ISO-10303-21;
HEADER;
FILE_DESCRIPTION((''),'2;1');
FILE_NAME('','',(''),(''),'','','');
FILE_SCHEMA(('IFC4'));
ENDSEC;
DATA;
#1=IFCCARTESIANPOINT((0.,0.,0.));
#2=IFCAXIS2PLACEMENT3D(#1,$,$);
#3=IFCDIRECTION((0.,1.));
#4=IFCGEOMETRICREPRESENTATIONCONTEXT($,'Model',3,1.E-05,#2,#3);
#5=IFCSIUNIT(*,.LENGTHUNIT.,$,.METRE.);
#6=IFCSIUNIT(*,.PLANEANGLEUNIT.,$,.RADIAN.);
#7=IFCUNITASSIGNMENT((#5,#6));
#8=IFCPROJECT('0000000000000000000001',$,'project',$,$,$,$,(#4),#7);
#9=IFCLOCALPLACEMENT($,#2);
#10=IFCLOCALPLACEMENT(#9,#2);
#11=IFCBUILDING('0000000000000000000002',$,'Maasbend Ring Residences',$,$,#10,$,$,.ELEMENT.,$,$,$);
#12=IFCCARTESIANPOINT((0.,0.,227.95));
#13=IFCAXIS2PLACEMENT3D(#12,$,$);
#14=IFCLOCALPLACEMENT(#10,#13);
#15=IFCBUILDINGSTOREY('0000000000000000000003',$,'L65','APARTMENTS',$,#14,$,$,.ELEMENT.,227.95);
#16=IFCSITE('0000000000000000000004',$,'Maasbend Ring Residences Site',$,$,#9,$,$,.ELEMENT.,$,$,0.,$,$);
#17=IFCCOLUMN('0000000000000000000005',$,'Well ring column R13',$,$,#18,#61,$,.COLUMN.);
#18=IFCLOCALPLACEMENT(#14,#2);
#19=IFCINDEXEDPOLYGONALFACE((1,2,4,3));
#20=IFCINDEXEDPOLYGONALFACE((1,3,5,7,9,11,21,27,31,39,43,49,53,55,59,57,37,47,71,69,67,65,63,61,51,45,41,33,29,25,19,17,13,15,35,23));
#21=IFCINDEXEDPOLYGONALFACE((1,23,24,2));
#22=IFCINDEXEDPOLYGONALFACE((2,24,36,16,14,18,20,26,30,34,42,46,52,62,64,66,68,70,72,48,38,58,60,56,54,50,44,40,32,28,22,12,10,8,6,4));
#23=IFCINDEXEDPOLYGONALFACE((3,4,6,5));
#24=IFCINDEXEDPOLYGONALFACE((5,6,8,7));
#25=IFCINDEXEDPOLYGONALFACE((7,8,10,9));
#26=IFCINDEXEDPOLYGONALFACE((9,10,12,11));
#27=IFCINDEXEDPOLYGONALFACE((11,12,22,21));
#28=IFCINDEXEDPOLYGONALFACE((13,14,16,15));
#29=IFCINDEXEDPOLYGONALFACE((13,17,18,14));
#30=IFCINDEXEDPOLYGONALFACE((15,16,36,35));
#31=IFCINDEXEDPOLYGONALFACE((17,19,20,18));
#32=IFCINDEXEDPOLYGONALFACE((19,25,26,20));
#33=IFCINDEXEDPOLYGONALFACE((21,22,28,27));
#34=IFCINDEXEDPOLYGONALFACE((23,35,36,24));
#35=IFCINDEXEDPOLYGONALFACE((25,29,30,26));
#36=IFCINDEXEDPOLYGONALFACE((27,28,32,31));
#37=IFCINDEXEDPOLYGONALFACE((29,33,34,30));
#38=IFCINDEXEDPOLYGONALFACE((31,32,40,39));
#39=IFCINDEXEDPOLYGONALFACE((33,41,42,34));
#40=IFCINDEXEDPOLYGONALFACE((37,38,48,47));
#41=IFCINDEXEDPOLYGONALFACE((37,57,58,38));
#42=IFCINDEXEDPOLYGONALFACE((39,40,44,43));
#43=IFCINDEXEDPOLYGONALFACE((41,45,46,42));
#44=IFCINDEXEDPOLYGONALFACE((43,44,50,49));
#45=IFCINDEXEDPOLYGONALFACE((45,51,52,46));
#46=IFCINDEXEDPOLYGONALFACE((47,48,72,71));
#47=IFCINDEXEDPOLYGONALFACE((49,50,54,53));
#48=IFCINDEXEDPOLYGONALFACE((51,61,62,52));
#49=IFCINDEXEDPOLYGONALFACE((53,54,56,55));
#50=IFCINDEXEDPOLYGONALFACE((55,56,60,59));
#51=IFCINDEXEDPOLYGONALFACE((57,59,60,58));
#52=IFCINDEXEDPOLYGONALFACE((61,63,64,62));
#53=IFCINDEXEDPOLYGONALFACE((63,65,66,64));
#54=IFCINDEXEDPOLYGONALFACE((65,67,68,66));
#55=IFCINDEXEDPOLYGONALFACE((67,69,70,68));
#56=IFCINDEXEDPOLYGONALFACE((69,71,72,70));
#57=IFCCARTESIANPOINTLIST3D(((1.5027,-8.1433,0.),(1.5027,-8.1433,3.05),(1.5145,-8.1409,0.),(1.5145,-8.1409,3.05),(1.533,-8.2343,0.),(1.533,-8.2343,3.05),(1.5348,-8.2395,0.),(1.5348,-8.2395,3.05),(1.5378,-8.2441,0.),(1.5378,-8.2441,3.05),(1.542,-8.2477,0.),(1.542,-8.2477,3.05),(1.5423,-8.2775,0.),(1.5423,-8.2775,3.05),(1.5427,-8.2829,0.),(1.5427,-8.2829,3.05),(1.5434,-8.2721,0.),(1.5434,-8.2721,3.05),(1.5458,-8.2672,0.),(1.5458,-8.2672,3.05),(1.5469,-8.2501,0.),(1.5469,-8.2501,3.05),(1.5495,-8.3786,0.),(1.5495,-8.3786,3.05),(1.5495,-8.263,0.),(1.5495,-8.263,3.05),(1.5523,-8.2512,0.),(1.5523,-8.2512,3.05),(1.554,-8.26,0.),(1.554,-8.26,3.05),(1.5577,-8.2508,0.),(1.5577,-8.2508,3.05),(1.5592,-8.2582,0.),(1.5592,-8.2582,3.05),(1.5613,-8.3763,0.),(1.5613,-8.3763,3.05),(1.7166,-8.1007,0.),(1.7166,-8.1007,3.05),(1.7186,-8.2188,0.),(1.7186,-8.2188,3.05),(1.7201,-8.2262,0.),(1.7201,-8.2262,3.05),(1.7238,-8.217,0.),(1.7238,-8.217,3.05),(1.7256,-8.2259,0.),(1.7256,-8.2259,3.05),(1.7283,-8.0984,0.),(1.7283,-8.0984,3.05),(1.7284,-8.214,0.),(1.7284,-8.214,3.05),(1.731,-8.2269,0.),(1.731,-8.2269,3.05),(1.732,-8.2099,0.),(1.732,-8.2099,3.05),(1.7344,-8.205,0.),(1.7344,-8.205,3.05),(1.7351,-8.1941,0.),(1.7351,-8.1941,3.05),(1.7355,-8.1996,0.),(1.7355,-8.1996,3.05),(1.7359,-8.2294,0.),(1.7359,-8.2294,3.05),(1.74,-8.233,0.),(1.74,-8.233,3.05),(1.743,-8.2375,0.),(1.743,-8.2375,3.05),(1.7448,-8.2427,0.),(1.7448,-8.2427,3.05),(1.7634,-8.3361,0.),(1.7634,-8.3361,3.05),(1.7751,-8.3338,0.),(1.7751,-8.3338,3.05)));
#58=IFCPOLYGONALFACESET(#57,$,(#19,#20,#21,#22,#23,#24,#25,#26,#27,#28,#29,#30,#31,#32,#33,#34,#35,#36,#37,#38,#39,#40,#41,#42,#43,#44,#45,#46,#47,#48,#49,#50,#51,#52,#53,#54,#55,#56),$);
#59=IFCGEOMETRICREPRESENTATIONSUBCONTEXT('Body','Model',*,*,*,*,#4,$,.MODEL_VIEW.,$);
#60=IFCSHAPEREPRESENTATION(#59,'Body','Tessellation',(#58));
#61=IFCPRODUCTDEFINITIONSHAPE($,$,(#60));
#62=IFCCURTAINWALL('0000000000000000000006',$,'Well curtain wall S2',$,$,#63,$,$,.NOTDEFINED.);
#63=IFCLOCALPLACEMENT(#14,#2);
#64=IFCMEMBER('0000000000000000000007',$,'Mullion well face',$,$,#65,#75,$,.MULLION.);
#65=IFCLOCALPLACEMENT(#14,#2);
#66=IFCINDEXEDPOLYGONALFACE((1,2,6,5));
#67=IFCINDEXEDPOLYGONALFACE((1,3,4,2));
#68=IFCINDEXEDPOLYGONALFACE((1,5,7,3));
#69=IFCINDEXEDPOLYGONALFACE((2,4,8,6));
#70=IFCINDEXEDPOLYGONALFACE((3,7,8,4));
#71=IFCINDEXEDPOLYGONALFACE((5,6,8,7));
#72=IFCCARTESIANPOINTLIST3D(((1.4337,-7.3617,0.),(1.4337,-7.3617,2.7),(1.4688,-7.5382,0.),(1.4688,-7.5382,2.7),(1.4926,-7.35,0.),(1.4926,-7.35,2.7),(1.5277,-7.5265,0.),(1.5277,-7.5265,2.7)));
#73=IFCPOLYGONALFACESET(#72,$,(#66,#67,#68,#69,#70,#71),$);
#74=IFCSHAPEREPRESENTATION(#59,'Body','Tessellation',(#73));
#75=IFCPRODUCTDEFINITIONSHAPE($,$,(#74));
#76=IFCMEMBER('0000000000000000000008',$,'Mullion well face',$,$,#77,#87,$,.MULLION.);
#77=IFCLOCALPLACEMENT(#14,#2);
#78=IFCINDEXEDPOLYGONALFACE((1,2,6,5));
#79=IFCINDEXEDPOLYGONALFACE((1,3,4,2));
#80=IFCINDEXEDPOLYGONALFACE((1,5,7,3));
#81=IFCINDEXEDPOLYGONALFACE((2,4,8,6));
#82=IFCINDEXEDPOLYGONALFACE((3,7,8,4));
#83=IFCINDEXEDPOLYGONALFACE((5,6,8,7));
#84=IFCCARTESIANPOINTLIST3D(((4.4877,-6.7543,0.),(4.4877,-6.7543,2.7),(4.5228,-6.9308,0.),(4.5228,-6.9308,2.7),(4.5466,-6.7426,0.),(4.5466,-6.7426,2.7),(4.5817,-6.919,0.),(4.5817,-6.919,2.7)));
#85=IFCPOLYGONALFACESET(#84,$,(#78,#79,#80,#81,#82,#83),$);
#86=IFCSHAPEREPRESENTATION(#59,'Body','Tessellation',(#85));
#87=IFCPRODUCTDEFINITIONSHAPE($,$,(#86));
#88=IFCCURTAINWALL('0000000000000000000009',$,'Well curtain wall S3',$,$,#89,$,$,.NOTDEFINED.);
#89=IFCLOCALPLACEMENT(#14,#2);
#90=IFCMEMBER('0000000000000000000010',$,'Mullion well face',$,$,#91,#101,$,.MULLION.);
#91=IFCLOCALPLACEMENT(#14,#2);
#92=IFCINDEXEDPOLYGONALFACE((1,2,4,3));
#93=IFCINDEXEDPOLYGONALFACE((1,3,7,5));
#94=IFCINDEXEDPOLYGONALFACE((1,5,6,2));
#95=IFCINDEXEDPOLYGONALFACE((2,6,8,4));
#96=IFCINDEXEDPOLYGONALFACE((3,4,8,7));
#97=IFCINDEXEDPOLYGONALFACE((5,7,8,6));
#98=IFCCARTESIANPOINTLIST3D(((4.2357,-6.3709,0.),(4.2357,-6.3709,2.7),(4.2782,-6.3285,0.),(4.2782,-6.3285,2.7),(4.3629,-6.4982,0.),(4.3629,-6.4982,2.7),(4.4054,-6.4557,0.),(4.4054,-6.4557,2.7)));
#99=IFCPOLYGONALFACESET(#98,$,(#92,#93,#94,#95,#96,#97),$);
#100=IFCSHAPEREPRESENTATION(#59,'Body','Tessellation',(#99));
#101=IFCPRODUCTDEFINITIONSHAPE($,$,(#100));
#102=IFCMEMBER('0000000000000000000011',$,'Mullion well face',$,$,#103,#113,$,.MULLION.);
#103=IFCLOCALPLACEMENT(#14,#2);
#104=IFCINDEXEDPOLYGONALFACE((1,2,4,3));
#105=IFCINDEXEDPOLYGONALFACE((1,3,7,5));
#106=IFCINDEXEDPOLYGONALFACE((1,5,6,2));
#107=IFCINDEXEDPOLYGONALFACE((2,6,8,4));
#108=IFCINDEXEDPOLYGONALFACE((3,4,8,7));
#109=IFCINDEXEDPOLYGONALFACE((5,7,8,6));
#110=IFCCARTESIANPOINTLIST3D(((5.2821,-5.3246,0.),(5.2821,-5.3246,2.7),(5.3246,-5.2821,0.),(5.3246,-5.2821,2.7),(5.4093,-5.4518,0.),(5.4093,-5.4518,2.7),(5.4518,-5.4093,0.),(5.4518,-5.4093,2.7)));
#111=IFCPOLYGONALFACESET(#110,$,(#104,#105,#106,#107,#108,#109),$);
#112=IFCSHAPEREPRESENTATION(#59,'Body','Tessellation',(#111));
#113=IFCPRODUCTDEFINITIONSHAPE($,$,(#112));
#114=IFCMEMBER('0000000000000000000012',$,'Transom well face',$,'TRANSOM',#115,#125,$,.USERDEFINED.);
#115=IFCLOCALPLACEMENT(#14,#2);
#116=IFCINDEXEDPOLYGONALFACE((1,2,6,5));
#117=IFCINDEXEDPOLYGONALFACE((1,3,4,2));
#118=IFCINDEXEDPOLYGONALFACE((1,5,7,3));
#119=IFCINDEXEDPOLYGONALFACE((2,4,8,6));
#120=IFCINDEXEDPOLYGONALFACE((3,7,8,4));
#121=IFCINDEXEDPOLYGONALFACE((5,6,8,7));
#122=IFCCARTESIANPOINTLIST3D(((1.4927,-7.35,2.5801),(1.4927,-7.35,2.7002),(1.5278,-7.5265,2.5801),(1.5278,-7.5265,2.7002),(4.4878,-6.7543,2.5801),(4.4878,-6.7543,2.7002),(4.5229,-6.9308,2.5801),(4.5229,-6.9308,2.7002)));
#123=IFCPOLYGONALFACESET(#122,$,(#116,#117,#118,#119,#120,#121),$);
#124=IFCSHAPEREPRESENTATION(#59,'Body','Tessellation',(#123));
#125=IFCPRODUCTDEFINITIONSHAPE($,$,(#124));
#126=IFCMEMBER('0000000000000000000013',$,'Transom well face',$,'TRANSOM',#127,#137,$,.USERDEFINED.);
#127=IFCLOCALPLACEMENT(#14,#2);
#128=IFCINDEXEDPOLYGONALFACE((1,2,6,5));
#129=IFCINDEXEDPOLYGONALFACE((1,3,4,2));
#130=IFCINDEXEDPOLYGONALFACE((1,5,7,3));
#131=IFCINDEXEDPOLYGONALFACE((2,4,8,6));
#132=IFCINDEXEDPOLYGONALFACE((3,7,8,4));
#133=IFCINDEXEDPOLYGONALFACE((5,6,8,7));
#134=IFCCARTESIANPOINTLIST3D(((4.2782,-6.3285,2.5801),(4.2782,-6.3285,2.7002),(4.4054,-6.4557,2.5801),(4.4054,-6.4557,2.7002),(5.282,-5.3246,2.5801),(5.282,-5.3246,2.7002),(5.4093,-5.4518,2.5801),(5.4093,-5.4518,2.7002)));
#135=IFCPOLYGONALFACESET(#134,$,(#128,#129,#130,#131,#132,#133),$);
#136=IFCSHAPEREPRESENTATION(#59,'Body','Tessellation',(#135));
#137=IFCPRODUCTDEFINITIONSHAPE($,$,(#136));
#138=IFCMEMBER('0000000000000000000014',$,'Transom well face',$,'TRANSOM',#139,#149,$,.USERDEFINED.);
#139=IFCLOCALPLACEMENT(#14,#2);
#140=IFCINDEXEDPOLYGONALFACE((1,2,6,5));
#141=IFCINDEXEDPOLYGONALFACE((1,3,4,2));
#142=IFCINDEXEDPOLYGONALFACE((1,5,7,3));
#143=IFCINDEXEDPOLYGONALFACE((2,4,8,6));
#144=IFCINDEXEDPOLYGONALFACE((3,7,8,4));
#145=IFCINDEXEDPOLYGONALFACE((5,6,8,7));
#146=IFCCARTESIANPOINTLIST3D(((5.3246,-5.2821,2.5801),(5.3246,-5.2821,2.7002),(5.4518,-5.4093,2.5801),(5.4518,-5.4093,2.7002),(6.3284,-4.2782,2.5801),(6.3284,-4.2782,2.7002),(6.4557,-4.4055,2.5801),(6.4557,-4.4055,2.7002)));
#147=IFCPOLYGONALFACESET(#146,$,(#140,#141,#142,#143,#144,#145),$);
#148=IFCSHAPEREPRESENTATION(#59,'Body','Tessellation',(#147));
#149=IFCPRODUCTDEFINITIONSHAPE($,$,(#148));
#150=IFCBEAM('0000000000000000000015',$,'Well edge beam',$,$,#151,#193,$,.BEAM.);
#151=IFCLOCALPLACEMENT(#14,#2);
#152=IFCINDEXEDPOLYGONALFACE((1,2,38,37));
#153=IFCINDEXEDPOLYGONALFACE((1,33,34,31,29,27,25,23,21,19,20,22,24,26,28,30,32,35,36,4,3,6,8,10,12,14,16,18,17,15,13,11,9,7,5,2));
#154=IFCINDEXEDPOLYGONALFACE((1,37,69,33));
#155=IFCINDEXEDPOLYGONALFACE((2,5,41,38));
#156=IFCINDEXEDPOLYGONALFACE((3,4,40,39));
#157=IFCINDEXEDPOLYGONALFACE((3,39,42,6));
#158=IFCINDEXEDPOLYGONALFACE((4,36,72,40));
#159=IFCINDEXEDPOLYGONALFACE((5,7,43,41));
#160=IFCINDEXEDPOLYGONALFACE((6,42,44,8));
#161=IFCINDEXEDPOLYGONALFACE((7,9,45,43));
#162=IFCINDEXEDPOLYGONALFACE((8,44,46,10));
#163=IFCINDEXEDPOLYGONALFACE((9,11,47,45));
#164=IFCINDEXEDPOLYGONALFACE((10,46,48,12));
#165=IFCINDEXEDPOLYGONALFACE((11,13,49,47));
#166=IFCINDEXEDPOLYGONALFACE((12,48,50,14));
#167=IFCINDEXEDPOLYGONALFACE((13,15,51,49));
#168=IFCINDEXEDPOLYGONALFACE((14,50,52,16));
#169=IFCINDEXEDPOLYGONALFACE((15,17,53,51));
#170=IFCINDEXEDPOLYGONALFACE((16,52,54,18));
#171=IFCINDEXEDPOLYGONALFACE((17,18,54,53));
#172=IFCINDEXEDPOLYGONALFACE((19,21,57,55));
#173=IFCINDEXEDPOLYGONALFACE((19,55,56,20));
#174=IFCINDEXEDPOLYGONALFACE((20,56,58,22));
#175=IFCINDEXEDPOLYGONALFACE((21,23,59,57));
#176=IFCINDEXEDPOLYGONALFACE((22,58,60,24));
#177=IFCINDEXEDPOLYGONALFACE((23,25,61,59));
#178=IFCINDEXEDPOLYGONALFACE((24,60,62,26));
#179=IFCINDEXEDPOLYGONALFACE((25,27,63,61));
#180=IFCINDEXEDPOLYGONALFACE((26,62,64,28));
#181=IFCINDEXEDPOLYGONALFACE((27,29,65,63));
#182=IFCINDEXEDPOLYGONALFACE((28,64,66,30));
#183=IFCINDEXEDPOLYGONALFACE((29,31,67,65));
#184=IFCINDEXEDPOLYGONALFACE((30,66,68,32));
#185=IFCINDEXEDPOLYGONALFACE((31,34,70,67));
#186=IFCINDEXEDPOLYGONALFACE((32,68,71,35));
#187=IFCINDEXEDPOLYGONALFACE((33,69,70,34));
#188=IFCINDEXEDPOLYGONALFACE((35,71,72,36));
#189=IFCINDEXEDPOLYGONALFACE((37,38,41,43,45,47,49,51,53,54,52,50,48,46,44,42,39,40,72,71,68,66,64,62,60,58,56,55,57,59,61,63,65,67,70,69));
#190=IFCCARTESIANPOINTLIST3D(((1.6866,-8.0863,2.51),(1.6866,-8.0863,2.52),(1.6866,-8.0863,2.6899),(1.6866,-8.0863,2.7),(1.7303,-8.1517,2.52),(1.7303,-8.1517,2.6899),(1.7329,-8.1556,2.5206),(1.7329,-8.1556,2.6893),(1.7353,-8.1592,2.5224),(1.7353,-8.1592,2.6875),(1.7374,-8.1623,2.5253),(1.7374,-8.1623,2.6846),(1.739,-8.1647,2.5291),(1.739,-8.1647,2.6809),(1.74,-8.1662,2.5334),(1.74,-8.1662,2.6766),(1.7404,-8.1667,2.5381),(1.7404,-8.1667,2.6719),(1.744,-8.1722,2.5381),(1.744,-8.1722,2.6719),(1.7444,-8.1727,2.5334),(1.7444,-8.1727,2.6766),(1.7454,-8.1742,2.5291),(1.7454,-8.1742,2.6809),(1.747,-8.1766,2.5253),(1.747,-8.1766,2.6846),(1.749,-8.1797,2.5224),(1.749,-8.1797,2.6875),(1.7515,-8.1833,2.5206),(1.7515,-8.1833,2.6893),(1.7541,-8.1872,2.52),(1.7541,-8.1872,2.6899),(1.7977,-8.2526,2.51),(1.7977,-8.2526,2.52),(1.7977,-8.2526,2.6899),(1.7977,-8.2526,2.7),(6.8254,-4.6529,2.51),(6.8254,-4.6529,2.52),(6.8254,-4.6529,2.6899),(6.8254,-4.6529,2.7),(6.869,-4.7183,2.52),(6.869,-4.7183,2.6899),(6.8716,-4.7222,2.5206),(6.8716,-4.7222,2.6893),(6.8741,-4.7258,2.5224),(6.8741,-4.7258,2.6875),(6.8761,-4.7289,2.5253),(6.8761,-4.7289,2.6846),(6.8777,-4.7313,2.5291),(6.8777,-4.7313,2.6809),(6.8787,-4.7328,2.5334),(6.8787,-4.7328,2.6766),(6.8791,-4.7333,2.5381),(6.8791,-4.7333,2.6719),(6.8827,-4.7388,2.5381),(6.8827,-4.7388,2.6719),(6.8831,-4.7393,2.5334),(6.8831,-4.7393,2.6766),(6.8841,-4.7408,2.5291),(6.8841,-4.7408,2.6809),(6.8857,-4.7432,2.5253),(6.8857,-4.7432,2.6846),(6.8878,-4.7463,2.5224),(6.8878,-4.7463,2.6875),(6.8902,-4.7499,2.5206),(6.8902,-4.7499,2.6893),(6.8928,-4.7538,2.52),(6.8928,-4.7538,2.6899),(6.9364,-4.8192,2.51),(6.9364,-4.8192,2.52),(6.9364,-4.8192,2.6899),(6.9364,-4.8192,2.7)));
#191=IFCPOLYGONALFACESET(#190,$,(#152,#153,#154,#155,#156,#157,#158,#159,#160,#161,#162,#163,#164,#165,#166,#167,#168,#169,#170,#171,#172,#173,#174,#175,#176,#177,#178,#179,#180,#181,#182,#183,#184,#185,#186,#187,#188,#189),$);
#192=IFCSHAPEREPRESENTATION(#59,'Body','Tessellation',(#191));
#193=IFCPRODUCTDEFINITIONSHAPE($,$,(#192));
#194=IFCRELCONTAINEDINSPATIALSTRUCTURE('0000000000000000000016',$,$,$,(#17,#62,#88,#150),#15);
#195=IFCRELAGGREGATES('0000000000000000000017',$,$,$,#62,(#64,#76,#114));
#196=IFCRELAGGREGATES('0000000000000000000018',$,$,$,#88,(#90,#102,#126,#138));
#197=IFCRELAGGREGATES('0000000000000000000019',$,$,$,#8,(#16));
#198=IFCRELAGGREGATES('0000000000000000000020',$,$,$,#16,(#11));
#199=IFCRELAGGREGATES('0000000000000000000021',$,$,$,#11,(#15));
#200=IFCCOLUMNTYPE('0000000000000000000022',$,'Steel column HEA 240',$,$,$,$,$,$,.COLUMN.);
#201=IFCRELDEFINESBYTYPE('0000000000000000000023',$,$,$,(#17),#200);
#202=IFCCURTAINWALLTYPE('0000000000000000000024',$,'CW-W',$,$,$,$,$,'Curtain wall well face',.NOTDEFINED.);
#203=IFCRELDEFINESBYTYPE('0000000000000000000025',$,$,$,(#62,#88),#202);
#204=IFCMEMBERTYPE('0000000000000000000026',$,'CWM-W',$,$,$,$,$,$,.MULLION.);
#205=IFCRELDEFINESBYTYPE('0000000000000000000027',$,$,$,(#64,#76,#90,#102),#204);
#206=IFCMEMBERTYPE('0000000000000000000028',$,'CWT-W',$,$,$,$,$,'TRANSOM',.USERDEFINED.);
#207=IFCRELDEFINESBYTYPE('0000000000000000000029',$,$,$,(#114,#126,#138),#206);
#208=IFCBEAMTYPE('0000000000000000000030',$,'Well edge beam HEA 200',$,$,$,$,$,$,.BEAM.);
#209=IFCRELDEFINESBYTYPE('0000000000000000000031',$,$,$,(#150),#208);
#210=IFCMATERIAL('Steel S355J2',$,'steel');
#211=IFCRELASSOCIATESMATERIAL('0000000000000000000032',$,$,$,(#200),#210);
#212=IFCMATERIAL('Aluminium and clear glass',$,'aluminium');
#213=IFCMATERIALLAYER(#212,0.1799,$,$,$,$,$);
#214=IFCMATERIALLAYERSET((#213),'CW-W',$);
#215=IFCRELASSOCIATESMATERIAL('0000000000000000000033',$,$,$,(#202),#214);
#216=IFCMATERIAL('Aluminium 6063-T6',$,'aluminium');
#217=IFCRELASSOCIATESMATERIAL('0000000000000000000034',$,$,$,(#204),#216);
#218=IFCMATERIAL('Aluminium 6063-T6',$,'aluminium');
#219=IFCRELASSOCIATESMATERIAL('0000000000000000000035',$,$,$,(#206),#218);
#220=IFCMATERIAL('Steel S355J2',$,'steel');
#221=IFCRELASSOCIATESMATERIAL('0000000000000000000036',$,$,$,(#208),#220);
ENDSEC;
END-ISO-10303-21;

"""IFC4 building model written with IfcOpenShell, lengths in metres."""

from ifc_helpers import new_model, si_unit, direction, frame, origin, origin_2d, place, context, subcontext, project, spatial, rectangle, i_section, extrude, material, layer, layer_set, material_profile, profile_set, type_object, element, aggregate, save


model = new_model("IFC4")

# Units and contexts
model_context = context("Model", 3, precision=1e-05, world=origin(), true_north=direction((0.0, 1.0)))
body_context = subcontext(model_context, "Body", "Model", "MODEL_VIEW")
ifc_project = project(units=[si_unit("LENGTHUNIT", "METRE"), si_unit("PLANEANGLEUNIT", "RADIAN")], contexts=[model_context])

# Site, building, storey
site_placement = place(None, origin())
site = spatial("IfcSite", under=ifc_project, at=site_placement, Name="Maasbend Ring Residences Site", CompositionType="ELEMENT", RefElevation=0.0)
building_placement = place(site_placement, origin())
building = spatial("IfcBuilding", under=site, at=building_placement, Name="Maasbend Ring Residences", CompositionType="ELEMENT")
storey_placement = place(building_placement, frame((0.0, 0.0, 227.95)))
storey = spatial("IfcBuildingStorey", under=building, at=storey_placement, Name="L65", Description="APARTMENTS", CompositionType="ELEMENT", Elevation=227.95)

# Column
ifc_material_1 = material(Name="Steel S355J2", Category="steel")
ifc_material_profile_1 = material_profile(ifc_material_1, i_section(OverallWidth=0.24, OverallDepth=0.23, WebThickness=0.0076, FlangeThickness=0.012, FilletRadius=0.021, at=origin_2d()), Name="HEA 240")
ifc_profile_set_1 = profile_set([ifc_material_profile_1], Name="Steel S355J2")
column_type = type_object("IfcColumnType", Name="Steel column HEA 240", PredefinedType="COLUMN", material=ifc_profile_set_1)
column_placement = place(storey_placement, frame((1.6389, -8.2385, 0.0), z_axis=(0.0, 0.0, 1.0), x_axis=(0.19509, -0.980785, 0.0)))
element("IfcColumn", 1, at=column_placement, inside=storey, type_object=column_type, Name="Well ring column R13", PredefinedType="COLUMN", context=body_context, shape_type="SweptSolid", body=[
    extrude(i_section(OverallWidth=0.24, OverallDepth=0.23, WebThickness=0.0076, FlangeThickness=0.012, FilletRadius=0.021, at=origin_2d()), origin(), (0.0, 0.0, 1.0), 3.05),
])

# Curtain walls, members
ifc_material_2 = material(Name="Aluminium and clear glass", Category="aluminium")
ifc_layer_1 = layer(ifc_material_2, 0.1799)
ifc_layer_set_1 = layer_set([ifc_layer_1], Name="CW-W")
curtain_wall_type = type_object("IfcCurtainWallType", Name="CW-W", ElementType="Curtain wall well face", PredefinedType="NOTDEFINED", material=ifc_layer_set_1)
curtain_wall_1_placement = place(storey_placement, origin())
curtain_wall_1 = element("IfcCurtainWall", 2, at=curtain_wall_1_placement, inside=storey, type_object=curtain_wall_type, Name="Well curtain wall S2", PredefinedType="NOTDEFINED")
ifc_material_3 = material(Name="Aluminium 6063-T6", Category="aluminium")
ifc_material_profile_2 = material_profile(ifc_material_3, rectangle(XDim=0.1799, YDim=0.0601, at=origin_2d()), Name="AL 180x60")
ifc_profile_set_2 = profile_set([ifc_material_profile_2], Name="Aluminium 6063-T6")
member_type_1 = type_object("IfcMemberType", Name="CWM-W", PredefinedType="MULLION", material=ifc_profile_set_2)
member_1_placement = place(storey_placement, frame((1.4807, -7.4441, 0.0), z_axis=(0.0, 0.0, 1.0), x_axis=(-0.19509, 0.980785, 0.0)))
member_1 = element("IfcMember", 3, at=member_1_placement, type_object=member_type_1, Name="Mullion well face", PredefinedType="MULLION", context=body_context, shape_type="SweptSolid", body=[
    extrude(rectangle(XDim=0.1799, YDim=0.0601, at=origin_2d()), origin(), (0.0, 0.0, 1.0), 2.7),
])
member_2_placement = place(storey_placement, frame((4.5347, -6.8367, 0.0), z_axis=(0.0, 0.0, 1.0), x_axis=(-0.19509, 0.980785, 0.0)))
member_2 = element("IfcMember", 4, at=member_2_placement, type_object=member_type_1, Name="Mullion well face", PredefinedType="MULLION", context=body_context, shape_type="SweptSolid", body=[
    extrude(rectangle(XDim=0.1799, YDim=0.0601, at=origin_2d()), origin(), (0.0, 0.0, 1.0), 2.7),
])
curtain_wall_2_placement = place(storey_placement, origin())
curtain_wall_2 = element("IfcCurtainWall", 5, at=curtain_wall_2_placement, inside=storey, type_object=curtain_wall_type, Name="Well curtain wall S3", PredefinedType="NOTDEFINED")
member_3_placement = place(storey_placement, frame((4.3206, -6.4133, 0.0), z_axis=(0.0, 0.0, 1.0), x_axis=(-0.707107, 0.707107, 0.0)))
member_3 = element("IfcMember", 6, at=member_3_placement, type_object=member_type_1, Name="Mullion well face", PredefinedType="MULLION", context=body_context, shape_type="SweptSolid", body=[
    extrude(rectangle(XDim=0.1799, YDim=0.0601, at=origin_2d()), origin(), (0.0, 0.0, 1.0), 2.7),
])
member_4_placement = place(storey_placement, frame((5.3669, -5.3669, 0.0), z_axis=(0.0, 0.0, 1.0), x_axis=(-0.707107, 0.707107, 0.0)))
member_4 = element("IfcMember", 7, at=member_4_placement, type_object=member_type_1, Name="Mullion well face", PredefinedType="MULLION", context=body_context, shape_type="SweptSolid", body=[
    extrude(rectangle(XDim=0.1799, YDim=0.0601, at=origin_2d()), origin(), (0.0, 0.0, 1.0), 2.7),
])

# Members
ifc_material_4 = material(Name="Aluminium 6063-T6", Category="aluminium")
ifc_material_profile_3 = material_profile(ifc_material_4, rectangle(XDim=0.1799, YDim=0.1201, at=origin_2d()), Name="AL 180x120")
ifc_profile_set_3 = profile_set([ifc_material_profile_3], Name="Aluminium 6063-T6")
member_type_2 = type_object("IfcMemberType", Name="CWT-W", ElementType="TRANSOM", PredefinedType="USERDEFINED", material=ifc_profile_set_3)
member_5_placement = place(storey_placement, frame((1.5103, -7.4382, 2.6401), z_axis=(0.980789, 0.195071, 0.0), x_axis=(-0.195071, 0.980789, 0.0)))
member_5 = element("IfcMember", 8, at=member_5_placement, type_object=member_type_2, Name="Transom well face", ObjectType="TRANSOM", PredefinedType="USERDEFINED", context=body_context, shape_type="SweptSolid", body=[
    extrude(rectangle(XDim=0.1799, YDim=0.1201, at=origin_2d()), origin(), (0.0, 0.0, 1.0), 3.0537),
])
member_6_placement = place(storey_placement, frame((4.3418, -6.3921, 2.6401), z_axis=(0.707107, 0.707107, 0.0), x_axis=(-0.707107, 0.707107, 0.0)))
member_6 = element("IfcMember", 9, at=member_6_placement, type_object=member_type_2, Name="Transom well face", ObjectType="TRANSOM", PredefinedType="USERDEFINED", context=body_context, shape_type="SweptSolid", body=[
    extrude(rectangle(XDim=0.1799, YDim=0.1201, at=origin_2d()), origin(), (0.0, 0.0, 1.0), 1.4197),
])
member_7_placement = place(storey_placement, frame((5.3882, -5.3457, 2.6401), z_axis=(0.707107, 0.707107, 0.0), x_axis=(-0.707107, 0.707107, 0.0)))
member_7 = element("IfcMember", 10, at=member_7_placement, type_object=member_type_2, Name="Transom well face", ObjectType="TRANSOM", PredefinedType="USERDEFINED", context=body_context, shape_type="SweptSolid", body=[
    extrude(rectangle(XDim=0.1799, YDim=0.1201, at=origin_2d()), origin(), (0.0, 0.0, 1.0), 1.4197),
])

# Beam
ifc_material_5 = material(Name="Steel S355J2", Category="steel")
ifc_material_profile_4 = material_profile(ifc_material_5, i_section(OverallWidth=0.2, OverallDepth=0.1899, WebThickness=0.0066, FlangeThickness=0.01, FilletRadius=0.0181, at=origin_2d()), Name="HEA 200")
ifc_profile_set_4 = profile_set([ifc_material_profile_4], Name="Steel S355J2")
beam_type = type_object("IfcBeamType", Name="Well edge beam HEA 200", PredefinedType="BEAM", material=ifc_profile_set_4)
beam_placement = place(storey_placement, frame((1.7422, -8.1694, 2.605), z_axis=(0.831485, 0.555548, 0.0), x_axis=(-0.555548, 0.831485, 0.0)))
element("IfcBeam", 11, at=beam_placement, inside=storey, type_object=beam_type, Name="Well edge beam", PredefinedType="BEAM", context=body_context, shape_type="SweptSolid", body=[
    extrude(i_section(OverallWidth=0.2, OverallDepth=0.1899, WebThickness=0.0066, FlangeThickness=0.01, FilletRadius=0.0181, at=origin_2d()), origin(), (0.0, 0.0, 1.0), 6.1802),
])

aggregate(curtain_wall_1, [member_1, member_2, member_5])
aggregate(curtain_wall_2, [member_3, member_4, member_6, member_7])

save(model, "model.ifc")
